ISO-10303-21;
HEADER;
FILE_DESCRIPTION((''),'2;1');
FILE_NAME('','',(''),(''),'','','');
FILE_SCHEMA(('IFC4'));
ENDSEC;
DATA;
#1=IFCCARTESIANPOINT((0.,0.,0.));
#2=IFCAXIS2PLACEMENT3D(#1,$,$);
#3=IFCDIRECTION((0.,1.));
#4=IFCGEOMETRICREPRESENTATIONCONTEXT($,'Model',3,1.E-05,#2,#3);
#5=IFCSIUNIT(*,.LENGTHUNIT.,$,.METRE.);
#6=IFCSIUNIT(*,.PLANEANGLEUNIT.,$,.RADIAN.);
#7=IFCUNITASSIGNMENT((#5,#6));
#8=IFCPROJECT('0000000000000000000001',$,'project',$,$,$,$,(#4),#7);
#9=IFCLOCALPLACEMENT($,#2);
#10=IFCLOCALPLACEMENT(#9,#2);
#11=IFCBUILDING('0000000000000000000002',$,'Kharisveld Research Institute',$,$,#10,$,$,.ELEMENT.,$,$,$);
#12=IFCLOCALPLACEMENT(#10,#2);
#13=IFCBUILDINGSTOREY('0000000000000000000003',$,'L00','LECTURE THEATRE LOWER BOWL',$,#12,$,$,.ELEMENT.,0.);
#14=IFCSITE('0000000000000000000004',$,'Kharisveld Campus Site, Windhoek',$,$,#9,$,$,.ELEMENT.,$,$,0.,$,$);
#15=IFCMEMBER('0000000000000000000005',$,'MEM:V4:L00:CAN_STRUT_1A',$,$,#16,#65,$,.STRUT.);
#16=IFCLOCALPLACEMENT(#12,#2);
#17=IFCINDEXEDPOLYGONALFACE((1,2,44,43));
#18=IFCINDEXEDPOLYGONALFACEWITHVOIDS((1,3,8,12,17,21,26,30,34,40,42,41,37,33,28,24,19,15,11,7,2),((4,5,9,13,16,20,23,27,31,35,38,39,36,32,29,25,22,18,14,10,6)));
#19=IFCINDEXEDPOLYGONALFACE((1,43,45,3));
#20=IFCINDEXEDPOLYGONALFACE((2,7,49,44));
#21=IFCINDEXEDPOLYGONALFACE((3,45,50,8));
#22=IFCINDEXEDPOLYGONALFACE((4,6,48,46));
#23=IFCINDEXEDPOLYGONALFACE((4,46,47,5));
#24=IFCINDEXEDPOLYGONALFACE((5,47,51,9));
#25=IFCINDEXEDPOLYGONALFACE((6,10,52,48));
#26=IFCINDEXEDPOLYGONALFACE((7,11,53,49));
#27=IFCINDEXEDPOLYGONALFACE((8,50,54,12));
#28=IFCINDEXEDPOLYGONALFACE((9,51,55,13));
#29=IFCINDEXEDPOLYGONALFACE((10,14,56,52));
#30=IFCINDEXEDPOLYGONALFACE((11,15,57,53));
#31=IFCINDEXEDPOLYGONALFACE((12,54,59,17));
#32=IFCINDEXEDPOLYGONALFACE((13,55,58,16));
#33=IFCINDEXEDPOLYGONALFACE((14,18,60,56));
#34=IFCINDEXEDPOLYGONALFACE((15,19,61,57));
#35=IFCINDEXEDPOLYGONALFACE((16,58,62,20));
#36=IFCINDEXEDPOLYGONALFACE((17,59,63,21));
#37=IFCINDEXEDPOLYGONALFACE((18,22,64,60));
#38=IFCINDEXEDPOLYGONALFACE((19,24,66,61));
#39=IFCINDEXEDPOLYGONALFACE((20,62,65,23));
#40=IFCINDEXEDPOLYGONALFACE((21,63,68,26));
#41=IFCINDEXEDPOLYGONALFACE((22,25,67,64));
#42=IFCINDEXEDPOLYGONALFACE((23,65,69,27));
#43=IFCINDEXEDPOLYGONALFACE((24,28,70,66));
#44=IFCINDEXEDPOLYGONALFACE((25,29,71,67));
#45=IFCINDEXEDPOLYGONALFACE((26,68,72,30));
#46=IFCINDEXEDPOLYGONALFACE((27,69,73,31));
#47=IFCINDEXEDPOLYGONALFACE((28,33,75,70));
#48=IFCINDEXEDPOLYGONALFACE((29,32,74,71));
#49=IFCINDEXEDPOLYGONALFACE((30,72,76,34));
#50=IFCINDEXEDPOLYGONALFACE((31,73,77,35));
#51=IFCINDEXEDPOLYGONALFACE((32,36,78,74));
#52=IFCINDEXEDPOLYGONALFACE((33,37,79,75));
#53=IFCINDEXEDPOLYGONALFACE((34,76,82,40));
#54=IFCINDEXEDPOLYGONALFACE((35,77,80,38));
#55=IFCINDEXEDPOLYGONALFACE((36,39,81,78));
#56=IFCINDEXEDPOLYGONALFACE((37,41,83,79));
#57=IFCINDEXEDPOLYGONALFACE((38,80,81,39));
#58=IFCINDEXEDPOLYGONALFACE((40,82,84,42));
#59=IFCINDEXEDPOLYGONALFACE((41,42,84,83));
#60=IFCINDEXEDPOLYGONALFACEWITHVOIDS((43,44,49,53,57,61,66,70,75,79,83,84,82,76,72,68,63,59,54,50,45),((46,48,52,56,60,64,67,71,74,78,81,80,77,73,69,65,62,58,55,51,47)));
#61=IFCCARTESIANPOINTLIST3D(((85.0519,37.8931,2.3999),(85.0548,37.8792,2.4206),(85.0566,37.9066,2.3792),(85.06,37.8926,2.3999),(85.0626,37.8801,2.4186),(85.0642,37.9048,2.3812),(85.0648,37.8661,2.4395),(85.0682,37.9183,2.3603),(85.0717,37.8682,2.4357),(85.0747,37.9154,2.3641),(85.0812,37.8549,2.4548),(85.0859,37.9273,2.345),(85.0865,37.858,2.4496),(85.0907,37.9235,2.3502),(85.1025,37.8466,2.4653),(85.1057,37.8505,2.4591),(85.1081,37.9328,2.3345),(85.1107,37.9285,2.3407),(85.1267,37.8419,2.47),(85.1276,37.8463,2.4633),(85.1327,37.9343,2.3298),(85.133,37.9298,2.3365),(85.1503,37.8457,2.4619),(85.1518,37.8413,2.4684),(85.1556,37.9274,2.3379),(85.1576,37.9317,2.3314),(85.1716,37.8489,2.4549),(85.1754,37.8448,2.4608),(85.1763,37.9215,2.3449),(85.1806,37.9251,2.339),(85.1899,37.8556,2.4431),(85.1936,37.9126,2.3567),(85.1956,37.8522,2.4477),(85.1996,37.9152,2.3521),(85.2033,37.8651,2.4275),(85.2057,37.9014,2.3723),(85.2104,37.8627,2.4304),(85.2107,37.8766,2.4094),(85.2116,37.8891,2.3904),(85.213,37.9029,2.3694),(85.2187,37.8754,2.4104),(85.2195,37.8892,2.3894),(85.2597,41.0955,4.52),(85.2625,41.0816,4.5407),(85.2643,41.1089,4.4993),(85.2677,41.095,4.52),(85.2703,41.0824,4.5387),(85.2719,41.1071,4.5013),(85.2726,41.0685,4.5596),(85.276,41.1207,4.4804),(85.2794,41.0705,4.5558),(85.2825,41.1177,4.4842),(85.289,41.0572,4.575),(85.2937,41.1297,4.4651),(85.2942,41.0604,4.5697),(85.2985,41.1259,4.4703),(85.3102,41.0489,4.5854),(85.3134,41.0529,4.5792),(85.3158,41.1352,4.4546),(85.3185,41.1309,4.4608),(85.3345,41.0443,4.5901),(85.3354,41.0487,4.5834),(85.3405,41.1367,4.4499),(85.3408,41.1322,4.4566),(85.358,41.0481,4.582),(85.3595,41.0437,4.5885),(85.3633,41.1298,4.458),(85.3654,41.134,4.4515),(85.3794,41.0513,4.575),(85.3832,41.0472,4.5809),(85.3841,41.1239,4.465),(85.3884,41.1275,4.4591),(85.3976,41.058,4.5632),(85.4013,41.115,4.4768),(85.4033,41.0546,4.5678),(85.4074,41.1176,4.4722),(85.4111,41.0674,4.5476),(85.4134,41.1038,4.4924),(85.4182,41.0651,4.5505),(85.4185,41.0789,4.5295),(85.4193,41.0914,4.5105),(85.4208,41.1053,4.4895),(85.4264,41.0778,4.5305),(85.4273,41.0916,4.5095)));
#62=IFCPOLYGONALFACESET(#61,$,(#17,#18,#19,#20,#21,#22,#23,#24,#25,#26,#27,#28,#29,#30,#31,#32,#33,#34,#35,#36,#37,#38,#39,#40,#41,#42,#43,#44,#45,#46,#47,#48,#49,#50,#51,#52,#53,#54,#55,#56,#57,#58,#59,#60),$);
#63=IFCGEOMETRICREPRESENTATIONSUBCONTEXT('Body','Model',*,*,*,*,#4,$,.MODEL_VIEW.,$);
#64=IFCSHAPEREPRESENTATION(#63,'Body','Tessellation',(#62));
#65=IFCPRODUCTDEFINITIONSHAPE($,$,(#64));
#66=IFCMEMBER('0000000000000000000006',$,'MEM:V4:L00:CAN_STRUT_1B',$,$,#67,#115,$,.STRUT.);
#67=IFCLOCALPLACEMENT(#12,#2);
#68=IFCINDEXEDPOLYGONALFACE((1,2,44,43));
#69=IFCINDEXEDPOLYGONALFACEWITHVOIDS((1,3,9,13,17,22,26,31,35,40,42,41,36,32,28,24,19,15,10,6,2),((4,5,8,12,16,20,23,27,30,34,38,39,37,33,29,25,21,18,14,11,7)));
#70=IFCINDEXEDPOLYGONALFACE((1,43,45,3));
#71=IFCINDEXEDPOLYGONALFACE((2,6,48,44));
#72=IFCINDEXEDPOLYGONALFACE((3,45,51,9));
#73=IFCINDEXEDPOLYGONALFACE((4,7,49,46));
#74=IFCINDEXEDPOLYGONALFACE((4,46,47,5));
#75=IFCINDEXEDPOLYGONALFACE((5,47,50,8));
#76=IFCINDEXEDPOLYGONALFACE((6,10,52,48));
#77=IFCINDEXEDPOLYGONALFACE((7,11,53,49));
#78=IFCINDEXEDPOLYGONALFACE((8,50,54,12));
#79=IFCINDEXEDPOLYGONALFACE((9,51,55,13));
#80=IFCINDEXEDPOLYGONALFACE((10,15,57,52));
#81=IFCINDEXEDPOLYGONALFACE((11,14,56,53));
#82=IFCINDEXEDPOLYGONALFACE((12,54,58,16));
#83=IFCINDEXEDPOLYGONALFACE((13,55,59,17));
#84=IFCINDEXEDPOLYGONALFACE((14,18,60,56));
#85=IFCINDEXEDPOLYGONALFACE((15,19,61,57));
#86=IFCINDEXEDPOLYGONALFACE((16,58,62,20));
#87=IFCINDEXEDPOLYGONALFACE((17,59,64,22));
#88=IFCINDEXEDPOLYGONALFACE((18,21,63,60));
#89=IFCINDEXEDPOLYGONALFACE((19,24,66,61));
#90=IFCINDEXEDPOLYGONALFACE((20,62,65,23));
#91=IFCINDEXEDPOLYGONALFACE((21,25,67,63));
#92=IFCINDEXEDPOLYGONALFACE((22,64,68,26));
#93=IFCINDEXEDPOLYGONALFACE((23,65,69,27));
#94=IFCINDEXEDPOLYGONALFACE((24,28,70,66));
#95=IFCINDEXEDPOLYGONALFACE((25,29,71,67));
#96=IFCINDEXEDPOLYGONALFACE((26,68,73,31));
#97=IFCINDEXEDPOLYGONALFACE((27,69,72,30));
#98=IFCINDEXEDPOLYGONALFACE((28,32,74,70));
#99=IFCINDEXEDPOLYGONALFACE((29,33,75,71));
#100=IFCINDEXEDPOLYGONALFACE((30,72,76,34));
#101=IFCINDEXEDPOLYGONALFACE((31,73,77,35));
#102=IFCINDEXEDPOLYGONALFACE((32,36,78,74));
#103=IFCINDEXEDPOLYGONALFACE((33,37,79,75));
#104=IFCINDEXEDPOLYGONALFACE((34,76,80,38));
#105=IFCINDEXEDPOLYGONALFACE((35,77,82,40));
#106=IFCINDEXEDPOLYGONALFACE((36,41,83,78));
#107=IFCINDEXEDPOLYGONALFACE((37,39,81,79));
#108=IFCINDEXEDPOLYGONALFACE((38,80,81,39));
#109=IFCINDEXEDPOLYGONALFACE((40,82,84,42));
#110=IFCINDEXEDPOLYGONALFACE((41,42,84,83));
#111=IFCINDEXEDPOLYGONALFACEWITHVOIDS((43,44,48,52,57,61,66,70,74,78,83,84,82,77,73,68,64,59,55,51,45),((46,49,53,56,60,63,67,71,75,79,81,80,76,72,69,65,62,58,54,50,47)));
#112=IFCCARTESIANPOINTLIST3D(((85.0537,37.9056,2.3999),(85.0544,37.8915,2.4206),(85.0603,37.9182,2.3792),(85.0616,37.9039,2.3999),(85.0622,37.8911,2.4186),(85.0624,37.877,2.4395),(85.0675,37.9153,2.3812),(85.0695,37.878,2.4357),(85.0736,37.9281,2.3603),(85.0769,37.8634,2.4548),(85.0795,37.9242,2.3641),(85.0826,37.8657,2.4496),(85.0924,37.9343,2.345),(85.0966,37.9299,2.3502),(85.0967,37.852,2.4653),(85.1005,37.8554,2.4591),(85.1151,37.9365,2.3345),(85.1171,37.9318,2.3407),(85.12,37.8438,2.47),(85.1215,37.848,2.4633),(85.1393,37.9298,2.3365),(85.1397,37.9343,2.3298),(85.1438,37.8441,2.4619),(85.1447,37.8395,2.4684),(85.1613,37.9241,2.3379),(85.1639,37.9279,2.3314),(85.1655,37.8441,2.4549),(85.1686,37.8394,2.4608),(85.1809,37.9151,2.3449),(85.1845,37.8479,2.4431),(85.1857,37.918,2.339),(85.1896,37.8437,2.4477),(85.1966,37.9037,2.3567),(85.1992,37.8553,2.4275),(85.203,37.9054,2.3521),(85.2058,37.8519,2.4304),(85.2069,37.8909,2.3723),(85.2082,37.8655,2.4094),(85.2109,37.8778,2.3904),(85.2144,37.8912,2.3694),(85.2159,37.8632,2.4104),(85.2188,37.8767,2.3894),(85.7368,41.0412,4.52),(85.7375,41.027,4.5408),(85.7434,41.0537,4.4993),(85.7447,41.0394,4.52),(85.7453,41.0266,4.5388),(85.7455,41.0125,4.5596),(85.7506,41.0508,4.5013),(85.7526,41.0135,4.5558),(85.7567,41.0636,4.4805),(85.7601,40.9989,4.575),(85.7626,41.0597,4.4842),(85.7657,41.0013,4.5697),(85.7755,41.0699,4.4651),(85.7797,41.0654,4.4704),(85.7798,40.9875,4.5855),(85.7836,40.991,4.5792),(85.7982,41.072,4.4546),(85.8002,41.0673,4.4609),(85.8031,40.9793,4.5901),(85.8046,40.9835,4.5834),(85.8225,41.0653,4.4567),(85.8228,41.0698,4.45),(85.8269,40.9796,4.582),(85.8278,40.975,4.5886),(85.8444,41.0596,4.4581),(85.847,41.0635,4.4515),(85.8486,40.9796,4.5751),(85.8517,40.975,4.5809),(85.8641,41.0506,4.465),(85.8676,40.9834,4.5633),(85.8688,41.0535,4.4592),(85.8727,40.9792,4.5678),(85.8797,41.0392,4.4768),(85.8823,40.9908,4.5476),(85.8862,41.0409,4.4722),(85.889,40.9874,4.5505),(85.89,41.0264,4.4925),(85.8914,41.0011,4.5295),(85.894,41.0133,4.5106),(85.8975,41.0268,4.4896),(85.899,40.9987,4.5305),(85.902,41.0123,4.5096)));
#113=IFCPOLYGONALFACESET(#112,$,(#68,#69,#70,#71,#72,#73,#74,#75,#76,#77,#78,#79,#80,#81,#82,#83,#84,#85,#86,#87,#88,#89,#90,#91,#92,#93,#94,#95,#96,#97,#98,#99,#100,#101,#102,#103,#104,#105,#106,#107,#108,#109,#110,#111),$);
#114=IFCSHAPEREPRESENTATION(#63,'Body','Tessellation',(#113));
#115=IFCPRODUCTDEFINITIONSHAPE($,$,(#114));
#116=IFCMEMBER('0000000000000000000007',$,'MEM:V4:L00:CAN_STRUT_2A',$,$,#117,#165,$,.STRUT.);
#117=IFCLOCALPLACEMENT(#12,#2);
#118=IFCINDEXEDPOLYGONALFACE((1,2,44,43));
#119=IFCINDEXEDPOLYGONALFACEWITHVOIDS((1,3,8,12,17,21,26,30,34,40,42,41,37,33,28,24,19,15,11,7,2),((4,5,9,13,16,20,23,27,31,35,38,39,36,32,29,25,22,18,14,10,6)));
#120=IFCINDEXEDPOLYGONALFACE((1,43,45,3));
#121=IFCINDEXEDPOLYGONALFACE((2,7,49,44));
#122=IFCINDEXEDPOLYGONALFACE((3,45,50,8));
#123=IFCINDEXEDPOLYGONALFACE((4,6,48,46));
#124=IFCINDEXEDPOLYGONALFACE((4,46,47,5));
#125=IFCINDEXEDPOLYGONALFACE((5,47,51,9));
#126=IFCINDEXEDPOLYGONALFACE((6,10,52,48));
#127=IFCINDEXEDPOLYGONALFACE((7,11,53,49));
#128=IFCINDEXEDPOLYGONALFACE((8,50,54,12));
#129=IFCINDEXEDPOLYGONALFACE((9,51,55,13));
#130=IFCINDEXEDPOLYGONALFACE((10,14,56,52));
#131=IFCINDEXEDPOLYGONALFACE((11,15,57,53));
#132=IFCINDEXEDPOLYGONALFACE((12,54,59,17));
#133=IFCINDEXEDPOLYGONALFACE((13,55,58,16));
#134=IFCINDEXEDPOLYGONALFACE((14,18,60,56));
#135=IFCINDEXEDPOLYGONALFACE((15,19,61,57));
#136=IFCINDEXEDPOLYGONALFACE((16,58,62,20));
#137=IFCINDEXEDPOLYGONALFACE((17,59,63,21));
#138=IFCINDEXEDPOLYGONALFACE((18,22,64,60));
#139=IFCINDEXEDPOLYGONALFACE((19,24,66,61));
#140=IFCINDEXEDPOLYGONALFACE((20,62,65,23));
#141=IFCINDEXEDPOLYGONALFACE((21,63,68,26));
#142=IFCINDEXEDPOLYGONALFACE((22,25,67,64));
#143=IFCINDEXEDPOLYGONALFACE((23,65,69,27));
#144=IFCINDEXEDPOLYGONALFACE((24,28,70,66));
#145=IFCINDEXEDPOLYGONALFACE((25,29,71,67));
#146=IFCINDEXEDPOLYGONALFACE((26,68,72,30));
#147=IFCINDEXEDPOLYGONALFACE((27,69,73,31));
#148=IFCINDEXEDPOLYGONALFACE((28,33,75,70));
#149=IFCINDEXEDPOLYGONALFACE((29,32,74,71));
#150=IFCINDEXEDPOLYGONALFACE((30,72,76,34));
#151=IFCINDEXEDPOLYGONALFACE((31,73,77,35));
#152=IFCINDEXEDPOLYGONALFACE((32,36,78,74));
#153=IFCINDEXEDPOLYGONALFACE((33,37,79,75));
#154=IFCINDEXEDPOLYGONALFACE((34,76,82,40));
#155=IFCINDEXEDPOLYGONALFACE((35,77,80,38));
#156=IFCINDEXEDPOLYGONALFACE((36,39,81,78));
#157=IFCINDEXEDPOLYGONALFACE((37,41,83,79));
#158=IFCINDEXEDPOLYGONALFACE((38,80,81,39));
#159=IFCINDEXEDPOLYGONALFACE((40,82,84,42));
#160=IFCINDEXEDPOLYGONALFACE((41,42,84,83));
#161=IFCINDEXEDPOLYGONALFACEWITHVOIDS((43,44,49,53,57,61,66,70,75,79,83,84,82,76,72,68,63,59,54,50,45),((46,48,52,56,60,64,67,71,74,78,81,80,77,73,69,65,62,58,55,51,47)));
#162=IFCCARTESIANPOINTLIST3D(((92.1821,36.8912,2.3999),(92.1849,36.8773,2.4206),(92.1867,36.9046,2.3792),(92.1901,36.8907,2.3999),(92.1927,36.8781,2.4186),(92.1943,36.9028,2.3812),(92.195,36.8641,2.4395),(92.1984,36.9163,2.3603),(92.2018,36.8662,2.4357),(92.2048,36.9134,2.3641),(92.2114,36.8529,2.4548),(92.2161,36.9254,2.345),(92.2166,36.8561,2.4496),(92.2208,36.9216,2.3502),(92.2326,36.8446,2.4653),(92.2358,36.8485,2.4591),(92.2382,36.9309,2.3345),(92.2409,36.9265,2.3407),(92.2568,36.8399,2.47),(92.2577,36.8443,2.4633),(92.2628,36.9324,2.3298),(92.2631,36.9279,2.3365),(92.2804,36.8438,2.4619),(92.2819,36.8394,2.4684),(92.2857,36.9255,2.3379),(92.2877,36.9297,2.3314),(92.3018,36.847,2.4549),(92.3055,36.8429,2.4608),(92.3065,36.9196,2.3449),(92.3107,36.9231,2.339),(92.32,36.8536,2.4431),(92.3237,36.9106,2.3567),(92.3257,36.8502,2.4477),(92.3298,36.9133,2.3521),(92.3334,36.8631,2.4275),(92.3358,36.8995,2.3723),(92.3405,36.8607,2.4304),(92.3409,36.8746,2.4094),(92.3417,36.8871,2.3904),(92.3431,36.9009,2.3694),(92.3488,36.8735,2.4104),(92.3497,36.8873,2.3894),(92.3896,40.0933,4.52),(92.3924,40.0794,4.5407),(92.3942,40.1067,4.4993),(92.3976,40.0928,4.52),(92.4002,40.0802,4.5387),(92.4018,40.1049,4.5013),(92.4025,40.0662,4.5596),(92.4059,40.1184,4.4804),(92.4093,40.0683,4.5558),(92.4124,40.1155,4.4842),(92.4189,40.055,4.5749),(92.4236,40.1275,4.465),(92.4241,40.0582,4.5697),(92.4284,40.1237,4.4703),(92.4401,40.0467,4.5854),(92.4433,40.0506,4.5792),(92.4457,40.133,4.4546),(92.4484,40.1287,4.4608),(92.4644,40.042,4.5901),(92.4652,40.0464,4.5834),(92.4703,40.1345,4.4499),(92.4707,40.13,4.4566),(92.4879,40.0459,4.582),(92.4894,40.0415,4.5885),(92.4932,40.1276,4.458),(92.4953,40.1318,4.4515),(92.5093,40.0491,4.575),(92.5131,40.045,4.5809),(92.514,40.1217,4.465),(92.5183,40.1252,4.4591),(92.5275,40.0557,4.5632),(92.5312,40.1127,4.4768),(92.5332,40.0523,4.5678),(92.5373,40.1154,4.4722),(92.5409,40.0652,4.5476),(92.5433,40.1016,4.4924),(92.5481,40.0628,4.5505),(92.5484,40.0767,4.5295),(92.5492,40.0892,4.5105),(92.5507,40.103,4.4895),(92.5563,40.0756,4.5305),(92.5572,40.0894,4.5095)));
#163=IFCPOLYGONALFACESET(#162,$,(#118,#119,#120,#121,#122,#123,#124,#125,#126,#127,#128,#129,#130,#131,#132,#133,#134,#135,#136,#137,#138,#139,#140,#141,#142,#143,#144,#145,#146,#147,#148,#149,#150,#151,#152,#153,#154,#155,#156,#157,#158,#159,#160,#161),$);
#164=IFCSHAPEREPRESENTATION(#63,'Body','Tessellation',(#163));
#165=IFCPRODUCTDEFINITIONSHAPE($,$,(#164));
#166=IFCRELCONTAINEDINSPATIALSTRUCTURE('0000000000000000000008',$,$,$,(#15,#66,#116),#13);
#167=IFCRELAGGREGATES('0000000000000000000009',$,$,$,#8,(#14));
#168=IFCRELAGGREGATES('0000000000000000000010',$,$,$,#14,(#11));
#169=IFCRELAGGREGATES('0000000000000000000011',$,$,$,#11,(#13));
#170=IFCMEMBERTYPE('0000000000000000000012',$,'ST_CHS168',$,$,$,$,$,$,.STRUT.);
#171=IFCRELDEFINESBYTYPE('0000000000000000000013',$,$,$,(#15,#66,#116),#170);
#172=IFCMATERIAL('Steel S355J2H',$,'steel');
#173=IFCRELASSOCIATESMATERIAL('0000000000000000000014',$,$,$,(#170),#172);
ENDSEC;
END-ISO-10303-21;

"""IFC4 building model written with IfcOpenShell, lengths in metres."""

from ifc_helpers import new_model, si_unit, direction, frame, origin, origin_2d, place, context, subcontext, project, spatial, hollow_circle, extrude, material, material_profile, profile_set, type_object, element, save


model = new_model("IFC4")

# Units and contexts
model_context = context("Model", 3, precision=1e-05, world=origin(), true_north=direction((0.0, 1.0)))
body_context = subcontext(model_context, "Body", "Model", "MODEL_VIEW")
ifc_project = project(units=[si_unit("LENGTHUNIT", "METRE"), si_unit("PLANEANGLEUNIT", "RADIAN")], contexts=[model_context])

# Site, building, storey
site_placement = place(None, origin())
site = spatial("IfcSite", under=ifc_project, at=site_placement, Name="Kharisveld Campus Site, Windhoek", CompositionType="ELEMENT", RefElevation=0.0)
building_placement = place(site_placement, origin())
building = spatial("IfcBuilding", under=site, at=building_placement, Name="Kharisveld Research Institute", CompositionType="ELEMENT")
storey_placement = place(building_placement, origin())
storey = spatial("IfcBuildingStorey", under=building, at=storey_placement, Name="L00", Description="LECTURE THEATRE LOWER BOWL", CompositionType="ELEMENT", Elevation=0.0)

# Members
ifc_material_1 = material(Name="Steel S355J2H", Category="steel")
ifc_material_profile_1 = material_profile(ifc_material_1, hollow_circle(Radius=0.0842, WallThickness=0.0081, at=origin_2d()))
ifc_profile_set_1 = profile_set([ifc_material_profile_1], Name="Steel S355J2H")
member_type_1 = type_object("IfcMemberType", Name="ST_CHS168", PredefinedType="STRUT", material=ifc_profile_set_1)
for number, where, z_axis, x_axis, name in (
    (1, (85.136, 37.8877, 2.3999), (0.054018, 0.832609, 0.551221), (-0.997902, 0.064742, 0.0), "MEM:V4:L00:CAN_STRUT_1A"),
    (2, (85.136, 37.8877, 2.3999), (0.177608, 0.81523, 0.551231), (-0.977081, 0.212869, 0.0), "MEM:V4:L00:CAN_STRUT_1B"),
):
    element("IfcMember", number, at=place(storey_placement, frame(where, z_axis=z_axis, x_axis=x_axis)), inside=storey, type_object=member_type_1, Name=name, PredefinedType="STRUT", context=body_context, shape_type="SweptSolid", body=[
        extrude(hollow_circle(Radius=0.0842, WallThickness=0.0081, at=origin_2d()), origin(), (0.0, 0.0, 1.0), 3.8462),
    ])
member_1_placement = place(storey_placement, frame((92.2661, 36.8857, 2.3999), z_axis=(0.053957, 0.832592, 0.551253), x_axis=(-0.997907, 0.064671, 0.0)))
element("IfcMember", 3, at=member_1_placement, inside=storey, type_object=member_type_1, Name="MEM:V4:L00:CAN_STRUT_2A", PredefinedType="STRUT", context=body_context, shape_type="SweptSolid", body=[
    extrude(hollow_circle(Radius=0.0842, WallThickness=0.0081, at=origin_2d()), origin(), (0.0, 0.0, 1.0), 3.8459),
])

save(model, "model.ifc")
